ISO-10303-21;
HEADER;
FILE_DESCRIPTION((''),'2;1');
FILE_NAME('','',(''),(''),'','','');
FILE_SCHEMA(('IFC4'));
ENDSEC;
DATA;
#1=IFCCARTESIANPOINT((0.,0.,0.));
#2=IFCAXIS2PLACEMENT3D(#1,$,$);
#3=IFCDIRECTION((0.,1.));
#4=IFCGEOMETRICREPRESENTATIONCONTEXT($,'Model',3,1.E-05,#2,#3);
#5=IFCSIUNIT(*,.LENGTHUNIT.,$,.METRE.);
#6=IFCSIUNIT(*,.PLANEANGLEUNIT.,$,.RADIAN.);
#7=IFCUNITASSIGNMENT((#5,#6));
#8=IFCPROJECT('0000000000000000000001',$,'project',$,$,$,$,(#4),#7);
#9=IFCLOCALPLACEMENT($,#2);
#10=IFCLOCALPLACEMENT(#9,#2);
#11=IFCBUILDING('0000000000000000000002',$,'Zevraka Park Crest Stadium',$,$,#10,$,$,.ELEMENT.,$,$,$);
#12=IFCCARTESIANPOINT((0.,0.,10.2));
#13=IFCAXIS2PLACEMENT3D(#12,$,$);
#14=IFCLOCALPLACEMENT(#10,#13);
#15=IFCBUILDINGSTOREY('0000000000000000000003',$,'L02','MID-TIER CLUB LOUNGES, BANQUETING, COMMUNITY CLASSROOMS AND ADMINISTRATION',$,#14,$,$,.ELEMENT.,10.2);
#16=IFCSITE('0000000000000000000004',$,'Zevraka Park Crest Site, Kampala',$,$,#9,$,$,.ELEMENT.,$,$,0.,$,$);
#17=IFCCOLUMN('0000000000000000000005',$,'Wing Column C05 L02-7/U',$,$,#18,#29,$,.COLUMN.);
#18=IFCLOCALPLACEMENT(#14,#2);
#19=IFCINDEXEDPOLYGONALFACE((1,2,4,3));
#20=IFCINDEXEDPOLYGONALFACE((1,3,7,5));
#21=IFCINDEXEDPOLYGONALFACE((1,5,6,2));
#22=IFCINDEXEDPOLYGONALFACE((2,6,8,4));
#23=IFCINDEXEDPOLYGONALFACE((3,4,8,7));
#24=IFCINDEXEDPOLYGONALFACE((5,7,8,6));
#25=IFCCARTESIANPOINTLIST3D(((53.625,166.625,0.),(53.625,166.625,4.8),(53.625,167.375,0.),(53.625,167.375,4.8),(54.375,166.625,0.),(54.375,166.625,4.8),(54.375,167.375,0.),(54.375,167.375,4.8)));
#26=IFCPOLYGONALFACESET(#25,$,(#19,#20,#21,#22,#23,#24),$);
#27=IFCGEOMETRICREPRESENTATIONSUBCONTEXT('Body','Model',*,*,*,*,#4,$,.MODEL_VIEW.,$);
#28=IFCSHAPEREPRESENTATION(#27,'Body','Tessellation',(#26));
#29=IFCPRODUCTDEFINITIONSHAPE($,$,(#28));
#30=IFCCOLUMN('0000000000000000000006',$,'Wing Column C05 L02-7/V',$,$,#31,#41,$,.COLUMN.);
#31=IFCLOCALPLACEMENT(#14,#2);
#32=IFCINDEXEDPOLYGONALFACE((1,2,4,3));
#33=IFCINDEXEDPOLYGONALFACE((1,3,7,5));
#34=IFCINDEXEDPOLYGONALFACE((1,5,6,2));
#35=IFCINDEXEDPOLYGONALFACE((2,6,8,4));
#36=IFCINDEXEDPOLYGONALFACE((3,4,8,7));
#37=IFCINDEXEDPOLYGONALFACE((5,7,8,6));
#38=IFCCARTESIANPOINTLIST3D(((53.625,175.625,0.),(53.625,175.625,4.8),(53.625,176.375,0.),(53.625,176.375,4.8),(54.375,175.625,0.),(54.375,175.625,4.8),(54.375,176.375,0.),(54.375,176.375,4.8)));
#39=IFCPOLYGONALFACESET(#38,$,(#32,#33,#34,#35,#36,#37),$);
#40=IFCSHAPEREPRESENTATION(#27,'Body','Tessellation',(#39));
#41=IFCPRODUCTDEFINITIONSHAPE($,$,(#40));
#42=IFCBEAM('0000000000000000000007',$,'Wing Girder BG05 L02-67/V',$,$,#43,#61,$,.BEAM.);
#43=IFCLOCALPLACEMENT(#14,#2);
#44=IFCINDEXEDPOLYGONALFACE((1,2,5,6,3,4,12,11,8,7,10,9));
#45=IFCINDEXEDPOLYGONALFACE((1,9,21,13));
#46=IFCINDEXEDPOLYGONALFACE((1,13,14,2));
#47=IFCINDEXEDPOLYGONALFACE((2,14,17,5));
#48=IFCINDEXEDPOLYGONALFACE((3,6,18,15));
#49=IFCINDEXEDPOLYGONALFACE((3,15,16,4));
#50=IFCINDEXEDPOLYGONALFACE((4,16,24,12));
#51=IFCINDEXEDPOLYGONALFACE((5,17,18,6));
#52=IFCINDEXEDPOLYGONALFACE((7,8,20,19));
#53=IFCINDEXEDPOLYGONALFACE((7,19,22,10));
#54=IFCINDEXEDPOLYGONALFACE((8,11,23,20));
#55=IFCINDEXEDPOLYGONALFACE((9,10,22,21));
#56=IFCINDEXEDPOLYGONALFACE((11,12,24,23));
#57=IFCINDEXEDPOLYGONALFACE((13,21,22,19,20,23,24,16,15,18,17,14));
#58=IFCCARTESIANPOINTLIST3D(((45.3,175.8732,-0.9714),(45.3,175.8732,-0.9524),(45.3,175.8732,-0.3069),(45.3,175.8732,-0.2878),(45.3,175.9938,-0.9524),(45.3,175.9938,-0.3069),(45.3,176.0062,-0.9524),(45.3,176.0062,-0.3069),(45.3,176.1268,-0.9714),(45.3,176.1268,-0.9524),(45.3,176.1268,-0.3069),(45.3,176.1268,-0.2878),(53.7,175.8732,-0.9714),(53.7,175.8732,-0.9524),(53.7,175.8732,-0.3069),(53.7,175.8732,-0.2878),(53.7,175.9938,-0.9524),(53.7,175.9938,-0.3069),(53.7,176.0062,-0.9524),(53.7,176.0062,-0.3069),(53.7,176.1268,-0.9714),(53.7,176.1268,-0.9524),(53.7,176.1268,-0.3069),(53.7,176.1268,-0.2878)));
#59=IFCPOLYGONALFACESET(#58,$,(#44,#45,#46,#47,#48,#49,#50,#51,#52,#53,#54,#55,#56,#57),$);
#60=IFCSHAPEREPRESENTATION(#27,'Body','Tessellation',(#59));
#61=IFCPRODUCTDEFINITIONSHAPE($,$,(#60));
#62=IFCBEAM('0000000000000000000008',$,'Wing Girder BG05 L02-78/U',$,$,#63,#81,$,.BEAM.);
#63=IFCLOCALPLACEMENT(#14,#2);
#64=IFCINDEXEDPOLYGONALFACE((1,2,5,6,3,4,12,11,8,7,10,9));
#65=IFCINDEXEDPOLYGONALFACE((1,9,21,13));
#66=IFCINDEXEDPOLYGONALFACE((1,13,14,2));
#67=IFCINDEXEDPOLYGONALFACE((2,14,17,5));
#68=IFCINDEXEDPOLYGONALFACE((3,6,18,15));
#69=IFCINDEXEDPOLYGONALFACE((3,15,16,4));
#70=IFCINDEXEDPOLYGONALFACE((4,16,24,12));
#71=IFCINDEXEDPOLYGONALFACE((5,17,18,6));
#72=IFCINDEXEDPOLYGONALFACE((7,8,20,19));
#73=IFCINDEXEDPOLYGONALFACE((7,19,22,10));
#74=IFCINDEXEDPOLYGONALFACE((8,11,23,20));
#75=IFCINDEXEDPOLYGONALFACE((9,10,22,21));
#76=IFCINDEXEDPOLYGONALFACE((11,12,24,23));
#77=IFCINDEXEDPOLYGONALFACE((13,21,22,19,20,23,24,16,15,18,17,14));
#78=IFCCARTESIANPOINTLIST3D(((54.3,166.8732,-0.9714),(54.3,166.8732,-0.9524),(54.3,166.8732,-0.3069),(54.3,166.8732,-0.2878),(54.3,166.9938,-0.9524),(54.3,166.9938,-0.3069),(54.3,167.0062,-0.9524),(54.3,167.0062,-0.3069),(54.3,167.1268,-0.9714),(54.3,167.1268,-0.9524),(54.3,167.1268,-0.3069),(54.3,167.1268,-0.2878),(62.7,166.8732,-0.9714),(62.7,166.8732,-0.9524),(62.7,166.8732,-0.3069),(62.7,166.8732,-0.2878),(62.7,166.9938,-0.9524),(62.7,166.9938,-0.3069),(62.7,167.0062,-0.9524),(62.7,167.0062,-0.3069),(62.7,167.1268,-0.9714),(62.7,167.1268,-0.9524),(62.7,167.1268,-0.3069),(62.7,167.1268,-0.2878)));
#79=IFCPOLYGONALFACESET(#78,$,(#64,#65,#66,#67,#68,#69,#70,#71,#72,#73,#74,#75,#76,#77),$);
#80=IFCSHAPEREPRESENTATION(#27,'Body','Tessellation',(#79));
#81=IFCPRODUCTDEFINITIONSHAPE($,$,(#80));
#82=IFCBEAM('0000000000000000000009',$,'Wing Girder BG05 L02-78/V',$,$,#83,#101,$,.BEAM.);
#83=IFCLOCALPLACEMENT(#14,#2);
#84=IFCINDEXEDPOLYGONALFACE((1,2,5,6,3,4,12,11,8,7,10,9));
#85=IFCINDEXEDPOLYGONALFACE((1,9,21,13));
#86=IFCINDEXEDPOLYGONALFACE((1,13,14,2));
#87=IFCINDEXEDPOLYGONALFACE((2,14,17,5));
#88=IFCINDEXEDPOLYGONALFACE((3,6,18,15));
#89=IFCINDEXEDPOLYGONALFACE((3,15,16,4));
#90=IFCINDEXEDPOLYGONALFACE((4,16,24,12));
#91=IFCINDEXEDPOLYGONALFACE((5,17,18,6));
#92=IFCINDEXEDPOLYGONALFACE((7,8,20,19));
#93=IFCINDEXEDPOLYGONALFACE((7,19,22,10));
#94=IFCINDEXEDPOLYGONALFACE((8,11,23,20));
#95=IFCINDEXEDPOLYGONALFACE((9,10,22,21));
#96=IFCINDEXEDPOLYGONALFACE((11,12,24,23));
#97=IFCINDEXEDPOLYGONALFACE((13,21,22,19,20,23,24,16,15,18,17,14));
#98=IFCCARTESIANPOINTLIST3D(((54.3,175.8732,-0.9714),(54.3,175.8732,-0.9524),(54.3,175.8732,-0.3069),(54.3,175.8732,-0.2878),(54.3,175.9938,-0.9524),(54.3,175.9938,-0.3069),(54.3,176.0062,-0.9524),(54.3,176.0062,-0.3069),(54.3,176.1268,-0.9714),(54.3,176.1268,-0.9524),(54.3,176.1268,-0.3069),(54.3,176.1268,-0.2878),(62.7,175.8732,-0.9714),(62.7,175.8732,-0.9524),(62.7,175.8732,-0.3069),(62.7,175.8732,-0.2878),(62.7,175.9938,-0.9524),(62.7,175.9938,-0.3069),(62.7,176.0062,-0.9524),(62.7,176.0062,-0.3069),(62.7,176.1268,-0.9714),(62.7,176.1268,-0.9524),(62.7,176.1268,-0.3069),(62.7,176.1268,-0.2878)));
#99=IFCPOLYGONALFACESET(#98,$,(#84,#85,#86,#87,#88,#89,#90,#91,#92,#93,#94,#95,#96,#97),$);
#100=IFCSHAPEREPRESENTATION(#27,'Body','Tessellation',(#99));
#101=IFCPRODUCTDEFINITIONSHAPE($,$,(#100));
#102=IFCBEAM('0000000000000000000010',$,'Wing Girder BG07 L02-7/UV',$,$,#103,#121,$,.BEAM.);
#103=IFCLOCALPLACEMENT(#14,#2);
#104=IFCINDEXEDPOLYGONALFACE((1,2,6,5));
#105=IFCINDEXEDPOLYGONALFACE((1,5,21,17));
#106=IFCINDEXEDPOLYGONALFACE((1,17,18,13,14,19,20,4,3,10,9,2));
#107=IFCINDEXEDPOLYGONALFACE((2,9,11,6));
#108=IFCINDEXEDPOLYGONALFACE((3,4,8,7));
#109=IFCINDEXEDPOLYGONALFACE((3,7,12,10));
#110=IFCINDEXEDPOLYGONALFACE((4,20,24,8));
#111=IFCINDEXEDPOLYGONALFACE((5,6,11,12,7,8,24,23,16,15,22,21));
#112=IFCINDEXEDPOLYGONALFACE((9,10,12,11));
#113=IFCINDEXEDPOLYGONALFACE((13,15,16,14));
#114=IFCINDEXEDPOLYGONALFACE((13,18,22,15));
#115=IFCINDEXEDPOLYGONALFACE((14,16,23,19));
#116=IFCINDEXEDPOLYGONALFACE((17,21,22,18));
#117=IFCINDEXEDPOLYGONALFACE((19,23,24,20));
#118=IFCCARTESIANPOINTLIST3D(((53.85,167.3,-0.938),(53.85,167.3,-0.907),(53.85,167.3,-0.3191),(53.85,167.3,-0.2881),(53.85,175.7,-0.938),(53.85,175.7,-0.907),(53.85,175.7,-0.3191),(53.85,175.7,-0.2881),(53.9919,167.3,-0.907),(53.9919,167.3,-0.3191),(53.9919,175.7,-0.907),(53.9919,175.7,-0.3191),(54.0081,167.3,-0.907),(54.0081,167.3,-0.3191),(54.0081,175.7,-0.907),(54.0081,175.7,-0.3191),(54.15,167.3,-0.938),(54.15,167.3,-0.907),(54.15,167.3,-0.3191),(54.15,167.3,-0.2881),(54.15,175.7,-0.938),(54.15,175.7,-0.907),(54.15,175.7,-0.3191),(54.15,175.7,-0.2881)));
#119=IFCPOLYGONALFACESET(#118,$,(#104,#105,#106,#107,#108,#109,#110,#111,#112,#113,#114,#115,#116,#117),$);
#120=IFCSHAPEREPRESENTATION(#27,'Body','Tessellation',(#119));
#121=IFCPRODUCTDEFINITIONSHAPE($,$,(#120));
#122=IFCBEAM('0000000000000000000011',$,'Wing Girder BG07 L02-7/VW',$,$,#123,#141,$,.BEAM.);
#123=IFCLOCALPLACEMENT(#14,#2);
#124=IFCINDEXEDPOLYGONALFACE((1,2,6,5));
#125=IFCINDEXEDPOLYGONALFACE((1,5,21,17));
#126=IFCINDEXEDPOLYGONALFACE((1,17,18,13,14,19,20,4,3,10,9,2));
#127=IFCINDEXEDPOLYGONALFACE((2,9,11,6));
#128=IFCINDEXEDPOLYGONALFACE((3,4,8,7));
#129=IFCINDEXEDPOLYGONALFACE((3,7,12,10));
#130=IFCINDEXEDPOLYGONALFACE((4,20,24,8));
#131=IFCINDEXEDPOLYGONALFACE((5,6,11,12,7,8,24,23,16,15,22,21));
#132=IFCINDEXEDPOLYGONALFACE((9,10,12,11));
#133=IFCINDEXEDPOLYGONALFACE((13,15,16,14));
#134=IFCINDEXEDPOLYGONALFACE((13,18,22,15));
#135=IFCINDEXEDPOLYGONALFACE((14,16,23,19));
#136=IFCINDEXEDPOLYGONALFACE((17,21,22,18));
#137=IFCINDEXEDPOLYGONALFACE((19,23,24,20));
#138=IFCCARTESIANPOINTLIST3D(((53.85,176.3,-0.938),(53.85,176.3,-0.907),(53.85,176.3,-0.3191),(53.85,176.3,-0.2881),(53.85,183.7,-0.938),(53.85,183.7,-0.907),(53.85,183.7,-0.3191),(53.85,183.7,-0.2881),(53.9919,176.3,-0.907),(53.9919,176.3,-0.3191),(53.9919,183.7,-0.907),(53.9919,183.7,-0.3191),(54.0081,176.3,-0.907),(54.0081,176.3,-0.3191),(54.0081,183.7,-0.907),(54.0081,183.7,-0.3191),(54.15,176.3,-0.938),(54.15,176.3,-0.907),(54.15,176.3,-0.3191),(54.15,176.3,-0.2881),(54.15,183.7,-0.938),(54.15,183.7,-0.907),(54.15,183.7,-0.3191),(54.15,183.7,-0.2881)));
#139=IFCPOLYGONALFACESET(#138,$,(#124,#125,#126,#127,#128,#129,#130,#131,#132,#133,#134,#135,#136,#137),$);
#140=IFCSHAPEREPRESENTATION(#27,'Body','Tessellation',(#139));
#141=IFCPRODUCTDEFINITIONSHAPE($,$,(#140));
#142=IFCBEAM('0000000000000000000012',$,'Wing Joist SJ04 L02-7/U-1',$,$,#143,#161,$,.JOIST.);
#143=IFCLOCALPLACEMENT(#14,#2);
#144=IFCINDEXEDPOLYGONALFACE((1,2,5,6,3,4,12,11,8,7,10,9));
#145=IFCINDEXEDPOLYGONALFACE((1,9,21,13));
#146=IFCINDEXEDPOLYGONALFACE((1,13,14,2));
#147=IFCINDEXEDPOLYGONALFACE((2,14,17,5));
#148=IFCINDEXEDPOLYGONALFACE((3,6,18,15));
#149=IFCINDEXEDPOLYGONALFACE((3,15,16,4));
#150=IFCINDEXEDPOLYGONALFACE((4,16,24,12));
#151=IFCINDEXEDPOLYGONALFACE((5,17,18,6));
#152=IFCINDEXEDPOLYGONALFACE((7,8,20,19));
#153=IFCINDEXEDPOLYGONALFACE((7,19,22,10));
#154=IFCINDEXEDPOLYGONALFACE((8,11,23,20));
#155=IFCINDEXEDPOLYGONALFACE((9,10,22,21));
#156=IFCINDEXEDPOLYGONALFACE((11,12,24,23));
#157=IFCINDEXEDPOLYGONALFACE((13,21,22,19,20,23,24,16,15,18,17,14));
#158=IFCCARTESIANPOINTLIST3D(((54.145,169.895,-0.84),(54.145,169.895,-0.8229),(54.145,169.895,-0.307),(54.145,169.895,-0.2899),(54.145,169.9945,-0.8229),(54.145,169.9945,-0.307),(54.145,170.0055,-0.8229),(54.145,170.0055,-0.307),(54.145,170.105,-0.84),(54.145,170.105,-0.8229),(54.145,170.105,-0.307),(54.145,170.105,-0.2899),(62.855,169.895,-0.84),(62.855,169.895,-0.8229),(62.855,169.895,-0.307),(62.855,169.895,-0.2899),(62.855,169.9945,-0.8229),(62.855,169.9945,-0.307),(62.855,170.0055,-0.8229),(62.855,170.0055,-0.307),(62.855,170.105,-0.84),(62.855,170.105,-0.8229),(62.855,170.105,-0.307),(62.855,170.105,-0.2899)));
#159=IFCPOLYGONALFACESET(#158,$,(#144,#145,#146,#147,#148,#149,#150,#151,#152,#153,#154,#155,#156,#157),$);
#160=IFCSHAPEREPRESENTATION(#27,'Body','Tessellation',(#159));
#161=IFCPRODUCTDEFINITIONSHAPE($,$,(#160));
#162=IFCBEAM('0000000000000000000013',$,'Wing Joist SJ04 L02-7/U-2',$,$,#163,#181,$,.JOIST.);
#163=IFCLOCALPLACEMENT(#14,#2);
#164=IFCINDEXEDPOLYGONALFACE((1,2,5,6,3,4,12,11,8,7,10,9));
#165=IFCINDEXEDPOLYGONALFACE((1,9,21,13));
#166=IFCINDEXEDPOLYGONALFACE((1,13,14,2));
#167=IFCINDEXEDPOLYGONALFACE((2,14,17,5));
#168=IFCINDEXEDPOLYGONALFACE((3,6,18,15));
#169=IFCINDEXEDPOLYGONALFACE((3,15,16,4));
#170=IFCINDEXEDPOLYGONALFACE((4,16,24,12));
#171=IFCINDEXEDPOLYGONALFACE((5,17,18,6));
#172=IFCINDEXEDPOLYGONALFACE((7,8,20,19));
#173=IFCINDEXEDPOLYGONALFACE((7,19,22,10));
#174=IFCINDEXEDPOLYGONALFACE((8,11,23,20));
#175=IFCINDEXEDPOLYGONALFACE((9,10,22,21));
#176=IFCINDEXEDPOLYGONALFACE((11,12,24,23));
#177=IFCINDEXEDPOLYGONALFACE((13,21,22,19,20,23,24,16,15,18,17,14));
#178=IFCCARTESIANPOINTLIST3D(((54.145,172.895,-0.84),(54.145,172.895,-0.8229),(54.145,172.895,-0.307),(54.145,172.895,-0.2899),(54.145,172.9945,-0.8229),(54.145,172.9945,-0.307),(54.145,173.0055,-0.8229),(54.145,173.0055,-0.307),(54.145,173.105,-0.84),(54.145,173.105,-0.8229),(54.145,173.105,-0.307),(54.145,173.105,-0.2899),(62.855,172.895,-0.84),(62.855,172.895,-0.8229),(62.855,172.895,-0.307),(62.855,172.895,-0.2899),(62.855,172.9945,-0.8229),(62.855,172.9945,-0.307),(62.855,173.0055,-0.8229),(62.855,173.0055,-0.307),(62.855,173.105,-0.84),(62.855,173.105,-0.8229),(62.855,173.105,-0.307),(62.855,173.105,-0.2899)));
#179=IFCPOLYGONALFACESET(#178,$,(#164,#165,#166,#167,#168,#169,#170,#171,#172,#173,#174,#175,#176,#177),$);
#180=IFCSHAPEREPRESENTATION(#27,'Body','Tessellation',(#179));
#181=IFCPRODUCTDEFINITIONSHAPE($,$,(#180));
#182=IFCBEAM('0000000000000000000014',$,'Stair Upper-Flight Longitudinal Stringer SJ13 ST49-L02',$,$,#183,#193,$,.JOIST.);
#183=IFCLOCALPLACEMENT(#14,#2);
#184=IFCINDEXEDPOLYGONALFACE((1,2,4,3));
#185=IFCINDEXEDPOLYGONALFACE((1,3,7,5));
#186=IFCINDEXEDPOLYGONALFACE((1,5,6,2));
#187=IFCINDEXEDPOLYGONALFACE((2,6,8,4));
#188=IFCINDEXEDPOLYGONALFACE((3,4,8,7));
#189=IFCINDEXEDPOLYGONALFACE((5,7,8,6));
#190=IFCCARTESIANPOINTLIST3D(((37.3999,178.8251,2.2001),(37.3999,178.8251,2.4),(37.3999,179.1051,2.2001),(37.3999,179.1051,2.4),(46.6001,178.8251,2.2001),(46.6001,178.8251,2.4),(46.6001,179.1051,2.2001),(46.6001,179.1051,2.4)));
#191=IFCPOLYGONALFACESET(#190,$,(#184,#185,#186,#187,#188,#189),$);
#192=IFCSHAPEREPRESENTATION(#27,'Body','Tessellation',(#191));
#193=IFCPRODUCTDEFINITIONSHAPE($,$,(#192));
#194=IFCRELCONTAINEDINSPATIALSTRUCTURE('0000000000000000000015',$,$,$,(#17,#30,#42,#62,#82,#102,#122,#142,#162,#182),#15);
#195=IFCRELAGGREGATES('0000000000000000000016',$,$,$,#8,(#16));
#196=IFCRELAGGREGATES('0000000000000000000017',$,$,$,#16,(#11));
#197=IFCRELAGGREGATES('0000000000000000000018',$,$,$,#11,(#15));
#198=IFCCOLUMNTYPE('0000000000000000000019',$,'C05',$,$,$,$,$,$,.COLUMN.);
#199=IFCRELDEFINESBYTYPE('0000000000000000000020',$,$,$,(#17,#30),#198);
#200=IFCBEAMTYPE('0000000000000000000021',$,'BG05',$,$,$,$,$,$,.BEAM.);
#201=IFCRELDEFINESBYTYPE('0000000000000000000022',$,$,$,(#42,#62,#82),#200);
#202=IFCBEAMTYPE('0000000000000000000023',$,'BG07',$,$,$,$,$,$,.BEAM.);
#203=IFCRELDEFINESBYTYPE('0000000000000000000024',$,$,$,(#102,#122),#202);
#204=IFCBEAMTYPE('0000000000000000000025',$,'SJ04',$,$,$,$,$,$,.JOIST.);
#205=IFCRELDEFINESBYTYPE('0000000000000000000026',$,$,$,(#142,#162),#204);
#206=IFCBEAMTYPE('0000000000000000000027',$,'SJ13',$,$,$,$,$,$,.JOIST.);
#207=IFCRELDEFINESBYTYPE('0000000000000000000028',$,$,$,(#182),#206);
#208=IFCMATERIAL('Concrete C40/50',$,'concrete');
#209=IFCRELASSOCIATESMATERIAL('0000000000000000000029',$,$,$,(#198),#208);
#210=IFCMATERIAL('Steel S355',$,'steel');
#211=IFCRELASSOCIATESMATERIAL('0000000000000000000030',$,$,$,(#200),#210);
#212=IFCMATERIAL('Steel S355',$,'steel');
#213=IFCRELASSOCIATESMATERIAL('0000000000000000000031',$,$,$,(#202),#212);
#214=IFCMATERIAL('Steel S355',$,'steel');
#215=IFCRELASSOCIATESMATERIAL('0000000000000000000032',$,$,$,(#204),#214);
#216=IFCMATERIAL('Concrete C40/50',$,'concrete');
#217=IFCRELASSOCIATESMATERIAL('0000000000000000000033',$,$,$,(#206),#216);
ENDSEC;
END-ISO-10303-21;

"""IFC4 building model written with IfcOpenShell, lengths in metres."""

from ifc_helpers import new_model, si_unit, direction, frame, origin, origin_2d, place, context, subcontext, project, spatial, rectangle, i_section, extrude, material, material_profile, profile_set, type_object, element, save


model = new_model("IFC4")

# Units and contexts
model_context = context("Model", 3, precision=1e-05, world=origin(), true_north=direction((0.0, 1.0)))
body_context = subcontext(model_context, "Body", "Model", "MODEL_VIEW")
ifc_project = project(units=[si_unit("LENGTHUNIT", "METRE"), si_unit("PLANEANGLEUNIT", "RADIAN")], contexts=[model_context])

# Site, building, storey
site_placement = place(None, origin())
site = spatial("IfcSite", under=ifc_project, at=site_placement, Name="Zevraka Park Crest Site, Kampala", CompositionType="ELEMENT", RefElevation=0.0)
building_placement = place(site_placement, origin())
building = spatial("IfcBuilding", under=site, at=building_placement, Name="Zevraka Park Crest Stadium", CompositionType="ELEMENT")
storey_placement = place(building_placement, frame((0.0, 0.0, 10.2)))
storey = spatial("IfcBuildingStorey", under=building, at=storey_placement, Name="L02", Description="MID-TIER CLUB LOUNGES, BANQUETING, COMMUNITY CLASSROOMS AND ADMINISTRATION", CompositionType="ELEMENT", Elevation=10.2)

# Columns
ifc_material_1 = material(Name="Concrete C40/50", Category="concrete")
ifc_material_profile_1 = material_profile(ifc_material_1, rectangle(XDim=0.75, YDim=0.75, at=origin_2d()), Name="RC 750x750")
ifc_profile_set_1 = profile_set([ifc_material_profile_1], Name="Concrete C40/50")
column_type = type_object("IfcColumnType", Name="C05", PredefinedType="COLUMN", material=ifc_profile_set_1)
for number, where, z_axis, x_axis, name in (
    (1, (54.0, 167.0, 0.0), (0.0, 0.0, 1.0), (1.0, 0.0, 0.0), "Wing Column C05 L02-7/U"),
    (2, (54.0, 176.0, 0.0), (0.0, 0.0, 1.0), (1.0, 0.0, 0.0), "Wing Column C05 L02-7/V"),
):
    element("IfcColumn", number, at=place(storey_placement, frame(where, z_axis=z_axis, x_axis=x_axis)), inside=storey, type_object=column_type, Name=name, PredefinedType="COLUMN", context=body_context, shape_type="SweptSolid", body=[
        extrude(rectangle(XDim=0.75, YDim=0.75, at=origin_2d()), origin(), (0.0, 0.0, 1.0), 4.8),
    ])

# Beams
ifc_material_2 = material(Name="Steel S355", Category="steel")
ifc_material_profile_2 = material_profile(ifc_material_2, i_section(OverallWidth=0.2537, OverallDepth=0.6836, WebThickness=0.0125, FlangeThickness=0.019, at=origin_2d()), Name="UKB 686x254x140")
ifc_profile_set_2 = profile_set([ifc_material_profile_2], Name="Steel S355")
beam_type_1 = type_object("IfcBeamType", Name="BG05", PredefinedType="BEAM", material=ifc_profile_set_2)
for number, where, z_axis, x_axis, name in (
    (3, (45.3, 176.0, -0.6296), (1.0, 0.0, 0.0), (0.0, 1.0, 0.0), "Wing Girder BG05 L02-67/V"),
    (4, (54.3, 167.0, -0.6296), (1.0, 0.0, 0.0), (0.0, 1.0, 0.0), "Wing Girder BG05 L02-78/U"),
    (5, (54.3, 176.0, -0.6296), (1.0, 0.0, 0.0), (0.0, 1.0, 0.0), "Wing Girder BG05 L02-78/V"),
):
    element("IfcBeam", number, at=place(storey_placement, frame(where, z_axis=z_axis, x_axis=x_axis)), inside=storey, type_object=beam_type_1, Name=name, PredefinedType="BEAM", context=body_context, shape_type="SweptSolid", body=[
        extrude(i_section(OverallWidth=0.2537, OverallDepth=0.6836, WebThickness=0.0125, FlangeThickness=0.019, at=origin_2d()), origin(), (0.0, 0.0, 1.0), 8.3999),
    ])
ifc_material_3 = material(Name="Steel S355", Category="steel")
ifc_material_profile_3 = material_profile(ifc_material_3, i_section(OverallWidth=0.3, OverallDepth=0.6499, WebThickness=0.0161, FlangeThickness=0.031, at=origin_2d()), Name="HEB 650")
ifc_profile_set_3 = profile_set([ifc_material_profile_3], Name="Steel S355")
beam_type_2 = type_object("IfcBeamType", Name="BG07", PredefinedType="BEAM", material=ifc_profile_set_3)
beam_1_placement = place(storey_placement, frame((54.0, 167.3, -0.613), z_axis=(0.0, 1.0, 0.0), x_axis=(-1.0, 0.0, 0.0)))
element("IfcBeam", 6, at=beam_1_placement, inside=storey, type_object=beam_type_2, Name="Wing Girder BG07 L02-7/UV", PredefinedType="BEAM", context=body_context, shape_type="SweptSolid", body=[
    extrude(i_section(OverallWidth=0.3, OverallDepth=0.6499, WebThickness=0.0161, FlangeThickness=0.031, at=origin_2d()), origin(), (0.0, 0.0, 1.0), 8.3999),
])
beam_2_placement = place(storey_placement, frame((54.0, 176.3, -0.613), z_axis=(0.0, 1.0, 0.0), x_axis=(-1.0, 0.0, 0.0)))
element("IfcBeam", 7, at=beam_2_placement, inside=storey, type_object=beam_type_2, Name="Wing Girder BG07 L02-7/VW", PredefinedType="BEAM", context=body_context, shape_type="SweptSolid", body=[
    extrude(i_section(OverallWidth=0.3, OverallDepth=0.6499, WebThickness=0.0161, FlangeThickness=0.031, at=origin_2d()), origin(), (0.0, 0.0, 1.0), 7.3999),
])
ifc_material_4 = material(Name="Steel S355", Category="steel")
ifc_material_profile_4 = material_profile(ifc_material_4, i_section(OverallWidth=0.21, OverallDepth=0.55, WebThickness=0.011, FlangeThickness=0.0171, at=origin_2d()), Name="IPE 550")
ifc_profile_set_4 = profile_set([ifc_material_profile_4], Name="Steel S355")
beam_type_3 = type_object("IfcBeamType", Name="SJ04", PredefinedType="JOIST", material=ifc_profile_set_4)
for number, where, z_axis, x_axis, name in (
    (8, (54.145, 170.0, -0.5649), (1.0, 0.0, 0.0), (0.0, 1.0, 0.0), "Wing Joist SJ04 L02-7/U-1"),
    (9, (54.145, 173.0, -0.5649), (1.0, 0.0, 0.0), (0.0, 1.0, 0.0), "Wing Joist SJ04 L02-7/U-2"),
):
    element("IfcBeam", number, at=place(storey_placement, frame(where, z_axis=z_axis, x_axis=x_axis)), inside=storey, type_object=beam_type_3, Name=name, PredefinedType="JOIST", context=body_context, shape_type="SweptSolid", body=[
        extrude(i_section(OverallWidth=0.21, OverallDepth=0.55, WebThickness=0.011, FlangeThickness=0.0171, at=origin_2d()), origin(), (0.0, 0.0, 1.0), 8.71),
    ])
ifc_material_5 = material(Name="Concrete C40/50", Category="concrete")
ifc_material_profile_5 = material_profile(ifc_material_5, rectangle(XDim=0.28, YDim=0.2, at=origin_2d()), Name="RC 200x280")
ifc_profile_set_5 = profile_set([ifc_material_profile_5], Name="Concrete C40/50")
beam_type_4 = type_object("IfcBeamType", Name="SJ13", PredefinedType="JOIST", material=ifc_profile_set_5)
beam_3_placement = place(storey_placement, frame((46.6001, 178.9651, 2.3), z_axis=(-1.0, 0.0, 0.0), x_axis=(0.0, -1.0, 0.0)))
element("IfcBeam", 10, at=beam_3_placement, inside=storey, type_object=beam_type_4, Name="Stair Upper-Flight Longitudinal Stringer SJ13 ST49-L02", PredefinedType="JOIST", context=body_context, shape_type="SweptSolid", body=[
    extrude(rectangle(XDim=0.28, YDim=0.2, at=origin_2d()), origin(), (0.0, 0.0, 1.0), 9.2002),
])

save(model, "model.ifc")
